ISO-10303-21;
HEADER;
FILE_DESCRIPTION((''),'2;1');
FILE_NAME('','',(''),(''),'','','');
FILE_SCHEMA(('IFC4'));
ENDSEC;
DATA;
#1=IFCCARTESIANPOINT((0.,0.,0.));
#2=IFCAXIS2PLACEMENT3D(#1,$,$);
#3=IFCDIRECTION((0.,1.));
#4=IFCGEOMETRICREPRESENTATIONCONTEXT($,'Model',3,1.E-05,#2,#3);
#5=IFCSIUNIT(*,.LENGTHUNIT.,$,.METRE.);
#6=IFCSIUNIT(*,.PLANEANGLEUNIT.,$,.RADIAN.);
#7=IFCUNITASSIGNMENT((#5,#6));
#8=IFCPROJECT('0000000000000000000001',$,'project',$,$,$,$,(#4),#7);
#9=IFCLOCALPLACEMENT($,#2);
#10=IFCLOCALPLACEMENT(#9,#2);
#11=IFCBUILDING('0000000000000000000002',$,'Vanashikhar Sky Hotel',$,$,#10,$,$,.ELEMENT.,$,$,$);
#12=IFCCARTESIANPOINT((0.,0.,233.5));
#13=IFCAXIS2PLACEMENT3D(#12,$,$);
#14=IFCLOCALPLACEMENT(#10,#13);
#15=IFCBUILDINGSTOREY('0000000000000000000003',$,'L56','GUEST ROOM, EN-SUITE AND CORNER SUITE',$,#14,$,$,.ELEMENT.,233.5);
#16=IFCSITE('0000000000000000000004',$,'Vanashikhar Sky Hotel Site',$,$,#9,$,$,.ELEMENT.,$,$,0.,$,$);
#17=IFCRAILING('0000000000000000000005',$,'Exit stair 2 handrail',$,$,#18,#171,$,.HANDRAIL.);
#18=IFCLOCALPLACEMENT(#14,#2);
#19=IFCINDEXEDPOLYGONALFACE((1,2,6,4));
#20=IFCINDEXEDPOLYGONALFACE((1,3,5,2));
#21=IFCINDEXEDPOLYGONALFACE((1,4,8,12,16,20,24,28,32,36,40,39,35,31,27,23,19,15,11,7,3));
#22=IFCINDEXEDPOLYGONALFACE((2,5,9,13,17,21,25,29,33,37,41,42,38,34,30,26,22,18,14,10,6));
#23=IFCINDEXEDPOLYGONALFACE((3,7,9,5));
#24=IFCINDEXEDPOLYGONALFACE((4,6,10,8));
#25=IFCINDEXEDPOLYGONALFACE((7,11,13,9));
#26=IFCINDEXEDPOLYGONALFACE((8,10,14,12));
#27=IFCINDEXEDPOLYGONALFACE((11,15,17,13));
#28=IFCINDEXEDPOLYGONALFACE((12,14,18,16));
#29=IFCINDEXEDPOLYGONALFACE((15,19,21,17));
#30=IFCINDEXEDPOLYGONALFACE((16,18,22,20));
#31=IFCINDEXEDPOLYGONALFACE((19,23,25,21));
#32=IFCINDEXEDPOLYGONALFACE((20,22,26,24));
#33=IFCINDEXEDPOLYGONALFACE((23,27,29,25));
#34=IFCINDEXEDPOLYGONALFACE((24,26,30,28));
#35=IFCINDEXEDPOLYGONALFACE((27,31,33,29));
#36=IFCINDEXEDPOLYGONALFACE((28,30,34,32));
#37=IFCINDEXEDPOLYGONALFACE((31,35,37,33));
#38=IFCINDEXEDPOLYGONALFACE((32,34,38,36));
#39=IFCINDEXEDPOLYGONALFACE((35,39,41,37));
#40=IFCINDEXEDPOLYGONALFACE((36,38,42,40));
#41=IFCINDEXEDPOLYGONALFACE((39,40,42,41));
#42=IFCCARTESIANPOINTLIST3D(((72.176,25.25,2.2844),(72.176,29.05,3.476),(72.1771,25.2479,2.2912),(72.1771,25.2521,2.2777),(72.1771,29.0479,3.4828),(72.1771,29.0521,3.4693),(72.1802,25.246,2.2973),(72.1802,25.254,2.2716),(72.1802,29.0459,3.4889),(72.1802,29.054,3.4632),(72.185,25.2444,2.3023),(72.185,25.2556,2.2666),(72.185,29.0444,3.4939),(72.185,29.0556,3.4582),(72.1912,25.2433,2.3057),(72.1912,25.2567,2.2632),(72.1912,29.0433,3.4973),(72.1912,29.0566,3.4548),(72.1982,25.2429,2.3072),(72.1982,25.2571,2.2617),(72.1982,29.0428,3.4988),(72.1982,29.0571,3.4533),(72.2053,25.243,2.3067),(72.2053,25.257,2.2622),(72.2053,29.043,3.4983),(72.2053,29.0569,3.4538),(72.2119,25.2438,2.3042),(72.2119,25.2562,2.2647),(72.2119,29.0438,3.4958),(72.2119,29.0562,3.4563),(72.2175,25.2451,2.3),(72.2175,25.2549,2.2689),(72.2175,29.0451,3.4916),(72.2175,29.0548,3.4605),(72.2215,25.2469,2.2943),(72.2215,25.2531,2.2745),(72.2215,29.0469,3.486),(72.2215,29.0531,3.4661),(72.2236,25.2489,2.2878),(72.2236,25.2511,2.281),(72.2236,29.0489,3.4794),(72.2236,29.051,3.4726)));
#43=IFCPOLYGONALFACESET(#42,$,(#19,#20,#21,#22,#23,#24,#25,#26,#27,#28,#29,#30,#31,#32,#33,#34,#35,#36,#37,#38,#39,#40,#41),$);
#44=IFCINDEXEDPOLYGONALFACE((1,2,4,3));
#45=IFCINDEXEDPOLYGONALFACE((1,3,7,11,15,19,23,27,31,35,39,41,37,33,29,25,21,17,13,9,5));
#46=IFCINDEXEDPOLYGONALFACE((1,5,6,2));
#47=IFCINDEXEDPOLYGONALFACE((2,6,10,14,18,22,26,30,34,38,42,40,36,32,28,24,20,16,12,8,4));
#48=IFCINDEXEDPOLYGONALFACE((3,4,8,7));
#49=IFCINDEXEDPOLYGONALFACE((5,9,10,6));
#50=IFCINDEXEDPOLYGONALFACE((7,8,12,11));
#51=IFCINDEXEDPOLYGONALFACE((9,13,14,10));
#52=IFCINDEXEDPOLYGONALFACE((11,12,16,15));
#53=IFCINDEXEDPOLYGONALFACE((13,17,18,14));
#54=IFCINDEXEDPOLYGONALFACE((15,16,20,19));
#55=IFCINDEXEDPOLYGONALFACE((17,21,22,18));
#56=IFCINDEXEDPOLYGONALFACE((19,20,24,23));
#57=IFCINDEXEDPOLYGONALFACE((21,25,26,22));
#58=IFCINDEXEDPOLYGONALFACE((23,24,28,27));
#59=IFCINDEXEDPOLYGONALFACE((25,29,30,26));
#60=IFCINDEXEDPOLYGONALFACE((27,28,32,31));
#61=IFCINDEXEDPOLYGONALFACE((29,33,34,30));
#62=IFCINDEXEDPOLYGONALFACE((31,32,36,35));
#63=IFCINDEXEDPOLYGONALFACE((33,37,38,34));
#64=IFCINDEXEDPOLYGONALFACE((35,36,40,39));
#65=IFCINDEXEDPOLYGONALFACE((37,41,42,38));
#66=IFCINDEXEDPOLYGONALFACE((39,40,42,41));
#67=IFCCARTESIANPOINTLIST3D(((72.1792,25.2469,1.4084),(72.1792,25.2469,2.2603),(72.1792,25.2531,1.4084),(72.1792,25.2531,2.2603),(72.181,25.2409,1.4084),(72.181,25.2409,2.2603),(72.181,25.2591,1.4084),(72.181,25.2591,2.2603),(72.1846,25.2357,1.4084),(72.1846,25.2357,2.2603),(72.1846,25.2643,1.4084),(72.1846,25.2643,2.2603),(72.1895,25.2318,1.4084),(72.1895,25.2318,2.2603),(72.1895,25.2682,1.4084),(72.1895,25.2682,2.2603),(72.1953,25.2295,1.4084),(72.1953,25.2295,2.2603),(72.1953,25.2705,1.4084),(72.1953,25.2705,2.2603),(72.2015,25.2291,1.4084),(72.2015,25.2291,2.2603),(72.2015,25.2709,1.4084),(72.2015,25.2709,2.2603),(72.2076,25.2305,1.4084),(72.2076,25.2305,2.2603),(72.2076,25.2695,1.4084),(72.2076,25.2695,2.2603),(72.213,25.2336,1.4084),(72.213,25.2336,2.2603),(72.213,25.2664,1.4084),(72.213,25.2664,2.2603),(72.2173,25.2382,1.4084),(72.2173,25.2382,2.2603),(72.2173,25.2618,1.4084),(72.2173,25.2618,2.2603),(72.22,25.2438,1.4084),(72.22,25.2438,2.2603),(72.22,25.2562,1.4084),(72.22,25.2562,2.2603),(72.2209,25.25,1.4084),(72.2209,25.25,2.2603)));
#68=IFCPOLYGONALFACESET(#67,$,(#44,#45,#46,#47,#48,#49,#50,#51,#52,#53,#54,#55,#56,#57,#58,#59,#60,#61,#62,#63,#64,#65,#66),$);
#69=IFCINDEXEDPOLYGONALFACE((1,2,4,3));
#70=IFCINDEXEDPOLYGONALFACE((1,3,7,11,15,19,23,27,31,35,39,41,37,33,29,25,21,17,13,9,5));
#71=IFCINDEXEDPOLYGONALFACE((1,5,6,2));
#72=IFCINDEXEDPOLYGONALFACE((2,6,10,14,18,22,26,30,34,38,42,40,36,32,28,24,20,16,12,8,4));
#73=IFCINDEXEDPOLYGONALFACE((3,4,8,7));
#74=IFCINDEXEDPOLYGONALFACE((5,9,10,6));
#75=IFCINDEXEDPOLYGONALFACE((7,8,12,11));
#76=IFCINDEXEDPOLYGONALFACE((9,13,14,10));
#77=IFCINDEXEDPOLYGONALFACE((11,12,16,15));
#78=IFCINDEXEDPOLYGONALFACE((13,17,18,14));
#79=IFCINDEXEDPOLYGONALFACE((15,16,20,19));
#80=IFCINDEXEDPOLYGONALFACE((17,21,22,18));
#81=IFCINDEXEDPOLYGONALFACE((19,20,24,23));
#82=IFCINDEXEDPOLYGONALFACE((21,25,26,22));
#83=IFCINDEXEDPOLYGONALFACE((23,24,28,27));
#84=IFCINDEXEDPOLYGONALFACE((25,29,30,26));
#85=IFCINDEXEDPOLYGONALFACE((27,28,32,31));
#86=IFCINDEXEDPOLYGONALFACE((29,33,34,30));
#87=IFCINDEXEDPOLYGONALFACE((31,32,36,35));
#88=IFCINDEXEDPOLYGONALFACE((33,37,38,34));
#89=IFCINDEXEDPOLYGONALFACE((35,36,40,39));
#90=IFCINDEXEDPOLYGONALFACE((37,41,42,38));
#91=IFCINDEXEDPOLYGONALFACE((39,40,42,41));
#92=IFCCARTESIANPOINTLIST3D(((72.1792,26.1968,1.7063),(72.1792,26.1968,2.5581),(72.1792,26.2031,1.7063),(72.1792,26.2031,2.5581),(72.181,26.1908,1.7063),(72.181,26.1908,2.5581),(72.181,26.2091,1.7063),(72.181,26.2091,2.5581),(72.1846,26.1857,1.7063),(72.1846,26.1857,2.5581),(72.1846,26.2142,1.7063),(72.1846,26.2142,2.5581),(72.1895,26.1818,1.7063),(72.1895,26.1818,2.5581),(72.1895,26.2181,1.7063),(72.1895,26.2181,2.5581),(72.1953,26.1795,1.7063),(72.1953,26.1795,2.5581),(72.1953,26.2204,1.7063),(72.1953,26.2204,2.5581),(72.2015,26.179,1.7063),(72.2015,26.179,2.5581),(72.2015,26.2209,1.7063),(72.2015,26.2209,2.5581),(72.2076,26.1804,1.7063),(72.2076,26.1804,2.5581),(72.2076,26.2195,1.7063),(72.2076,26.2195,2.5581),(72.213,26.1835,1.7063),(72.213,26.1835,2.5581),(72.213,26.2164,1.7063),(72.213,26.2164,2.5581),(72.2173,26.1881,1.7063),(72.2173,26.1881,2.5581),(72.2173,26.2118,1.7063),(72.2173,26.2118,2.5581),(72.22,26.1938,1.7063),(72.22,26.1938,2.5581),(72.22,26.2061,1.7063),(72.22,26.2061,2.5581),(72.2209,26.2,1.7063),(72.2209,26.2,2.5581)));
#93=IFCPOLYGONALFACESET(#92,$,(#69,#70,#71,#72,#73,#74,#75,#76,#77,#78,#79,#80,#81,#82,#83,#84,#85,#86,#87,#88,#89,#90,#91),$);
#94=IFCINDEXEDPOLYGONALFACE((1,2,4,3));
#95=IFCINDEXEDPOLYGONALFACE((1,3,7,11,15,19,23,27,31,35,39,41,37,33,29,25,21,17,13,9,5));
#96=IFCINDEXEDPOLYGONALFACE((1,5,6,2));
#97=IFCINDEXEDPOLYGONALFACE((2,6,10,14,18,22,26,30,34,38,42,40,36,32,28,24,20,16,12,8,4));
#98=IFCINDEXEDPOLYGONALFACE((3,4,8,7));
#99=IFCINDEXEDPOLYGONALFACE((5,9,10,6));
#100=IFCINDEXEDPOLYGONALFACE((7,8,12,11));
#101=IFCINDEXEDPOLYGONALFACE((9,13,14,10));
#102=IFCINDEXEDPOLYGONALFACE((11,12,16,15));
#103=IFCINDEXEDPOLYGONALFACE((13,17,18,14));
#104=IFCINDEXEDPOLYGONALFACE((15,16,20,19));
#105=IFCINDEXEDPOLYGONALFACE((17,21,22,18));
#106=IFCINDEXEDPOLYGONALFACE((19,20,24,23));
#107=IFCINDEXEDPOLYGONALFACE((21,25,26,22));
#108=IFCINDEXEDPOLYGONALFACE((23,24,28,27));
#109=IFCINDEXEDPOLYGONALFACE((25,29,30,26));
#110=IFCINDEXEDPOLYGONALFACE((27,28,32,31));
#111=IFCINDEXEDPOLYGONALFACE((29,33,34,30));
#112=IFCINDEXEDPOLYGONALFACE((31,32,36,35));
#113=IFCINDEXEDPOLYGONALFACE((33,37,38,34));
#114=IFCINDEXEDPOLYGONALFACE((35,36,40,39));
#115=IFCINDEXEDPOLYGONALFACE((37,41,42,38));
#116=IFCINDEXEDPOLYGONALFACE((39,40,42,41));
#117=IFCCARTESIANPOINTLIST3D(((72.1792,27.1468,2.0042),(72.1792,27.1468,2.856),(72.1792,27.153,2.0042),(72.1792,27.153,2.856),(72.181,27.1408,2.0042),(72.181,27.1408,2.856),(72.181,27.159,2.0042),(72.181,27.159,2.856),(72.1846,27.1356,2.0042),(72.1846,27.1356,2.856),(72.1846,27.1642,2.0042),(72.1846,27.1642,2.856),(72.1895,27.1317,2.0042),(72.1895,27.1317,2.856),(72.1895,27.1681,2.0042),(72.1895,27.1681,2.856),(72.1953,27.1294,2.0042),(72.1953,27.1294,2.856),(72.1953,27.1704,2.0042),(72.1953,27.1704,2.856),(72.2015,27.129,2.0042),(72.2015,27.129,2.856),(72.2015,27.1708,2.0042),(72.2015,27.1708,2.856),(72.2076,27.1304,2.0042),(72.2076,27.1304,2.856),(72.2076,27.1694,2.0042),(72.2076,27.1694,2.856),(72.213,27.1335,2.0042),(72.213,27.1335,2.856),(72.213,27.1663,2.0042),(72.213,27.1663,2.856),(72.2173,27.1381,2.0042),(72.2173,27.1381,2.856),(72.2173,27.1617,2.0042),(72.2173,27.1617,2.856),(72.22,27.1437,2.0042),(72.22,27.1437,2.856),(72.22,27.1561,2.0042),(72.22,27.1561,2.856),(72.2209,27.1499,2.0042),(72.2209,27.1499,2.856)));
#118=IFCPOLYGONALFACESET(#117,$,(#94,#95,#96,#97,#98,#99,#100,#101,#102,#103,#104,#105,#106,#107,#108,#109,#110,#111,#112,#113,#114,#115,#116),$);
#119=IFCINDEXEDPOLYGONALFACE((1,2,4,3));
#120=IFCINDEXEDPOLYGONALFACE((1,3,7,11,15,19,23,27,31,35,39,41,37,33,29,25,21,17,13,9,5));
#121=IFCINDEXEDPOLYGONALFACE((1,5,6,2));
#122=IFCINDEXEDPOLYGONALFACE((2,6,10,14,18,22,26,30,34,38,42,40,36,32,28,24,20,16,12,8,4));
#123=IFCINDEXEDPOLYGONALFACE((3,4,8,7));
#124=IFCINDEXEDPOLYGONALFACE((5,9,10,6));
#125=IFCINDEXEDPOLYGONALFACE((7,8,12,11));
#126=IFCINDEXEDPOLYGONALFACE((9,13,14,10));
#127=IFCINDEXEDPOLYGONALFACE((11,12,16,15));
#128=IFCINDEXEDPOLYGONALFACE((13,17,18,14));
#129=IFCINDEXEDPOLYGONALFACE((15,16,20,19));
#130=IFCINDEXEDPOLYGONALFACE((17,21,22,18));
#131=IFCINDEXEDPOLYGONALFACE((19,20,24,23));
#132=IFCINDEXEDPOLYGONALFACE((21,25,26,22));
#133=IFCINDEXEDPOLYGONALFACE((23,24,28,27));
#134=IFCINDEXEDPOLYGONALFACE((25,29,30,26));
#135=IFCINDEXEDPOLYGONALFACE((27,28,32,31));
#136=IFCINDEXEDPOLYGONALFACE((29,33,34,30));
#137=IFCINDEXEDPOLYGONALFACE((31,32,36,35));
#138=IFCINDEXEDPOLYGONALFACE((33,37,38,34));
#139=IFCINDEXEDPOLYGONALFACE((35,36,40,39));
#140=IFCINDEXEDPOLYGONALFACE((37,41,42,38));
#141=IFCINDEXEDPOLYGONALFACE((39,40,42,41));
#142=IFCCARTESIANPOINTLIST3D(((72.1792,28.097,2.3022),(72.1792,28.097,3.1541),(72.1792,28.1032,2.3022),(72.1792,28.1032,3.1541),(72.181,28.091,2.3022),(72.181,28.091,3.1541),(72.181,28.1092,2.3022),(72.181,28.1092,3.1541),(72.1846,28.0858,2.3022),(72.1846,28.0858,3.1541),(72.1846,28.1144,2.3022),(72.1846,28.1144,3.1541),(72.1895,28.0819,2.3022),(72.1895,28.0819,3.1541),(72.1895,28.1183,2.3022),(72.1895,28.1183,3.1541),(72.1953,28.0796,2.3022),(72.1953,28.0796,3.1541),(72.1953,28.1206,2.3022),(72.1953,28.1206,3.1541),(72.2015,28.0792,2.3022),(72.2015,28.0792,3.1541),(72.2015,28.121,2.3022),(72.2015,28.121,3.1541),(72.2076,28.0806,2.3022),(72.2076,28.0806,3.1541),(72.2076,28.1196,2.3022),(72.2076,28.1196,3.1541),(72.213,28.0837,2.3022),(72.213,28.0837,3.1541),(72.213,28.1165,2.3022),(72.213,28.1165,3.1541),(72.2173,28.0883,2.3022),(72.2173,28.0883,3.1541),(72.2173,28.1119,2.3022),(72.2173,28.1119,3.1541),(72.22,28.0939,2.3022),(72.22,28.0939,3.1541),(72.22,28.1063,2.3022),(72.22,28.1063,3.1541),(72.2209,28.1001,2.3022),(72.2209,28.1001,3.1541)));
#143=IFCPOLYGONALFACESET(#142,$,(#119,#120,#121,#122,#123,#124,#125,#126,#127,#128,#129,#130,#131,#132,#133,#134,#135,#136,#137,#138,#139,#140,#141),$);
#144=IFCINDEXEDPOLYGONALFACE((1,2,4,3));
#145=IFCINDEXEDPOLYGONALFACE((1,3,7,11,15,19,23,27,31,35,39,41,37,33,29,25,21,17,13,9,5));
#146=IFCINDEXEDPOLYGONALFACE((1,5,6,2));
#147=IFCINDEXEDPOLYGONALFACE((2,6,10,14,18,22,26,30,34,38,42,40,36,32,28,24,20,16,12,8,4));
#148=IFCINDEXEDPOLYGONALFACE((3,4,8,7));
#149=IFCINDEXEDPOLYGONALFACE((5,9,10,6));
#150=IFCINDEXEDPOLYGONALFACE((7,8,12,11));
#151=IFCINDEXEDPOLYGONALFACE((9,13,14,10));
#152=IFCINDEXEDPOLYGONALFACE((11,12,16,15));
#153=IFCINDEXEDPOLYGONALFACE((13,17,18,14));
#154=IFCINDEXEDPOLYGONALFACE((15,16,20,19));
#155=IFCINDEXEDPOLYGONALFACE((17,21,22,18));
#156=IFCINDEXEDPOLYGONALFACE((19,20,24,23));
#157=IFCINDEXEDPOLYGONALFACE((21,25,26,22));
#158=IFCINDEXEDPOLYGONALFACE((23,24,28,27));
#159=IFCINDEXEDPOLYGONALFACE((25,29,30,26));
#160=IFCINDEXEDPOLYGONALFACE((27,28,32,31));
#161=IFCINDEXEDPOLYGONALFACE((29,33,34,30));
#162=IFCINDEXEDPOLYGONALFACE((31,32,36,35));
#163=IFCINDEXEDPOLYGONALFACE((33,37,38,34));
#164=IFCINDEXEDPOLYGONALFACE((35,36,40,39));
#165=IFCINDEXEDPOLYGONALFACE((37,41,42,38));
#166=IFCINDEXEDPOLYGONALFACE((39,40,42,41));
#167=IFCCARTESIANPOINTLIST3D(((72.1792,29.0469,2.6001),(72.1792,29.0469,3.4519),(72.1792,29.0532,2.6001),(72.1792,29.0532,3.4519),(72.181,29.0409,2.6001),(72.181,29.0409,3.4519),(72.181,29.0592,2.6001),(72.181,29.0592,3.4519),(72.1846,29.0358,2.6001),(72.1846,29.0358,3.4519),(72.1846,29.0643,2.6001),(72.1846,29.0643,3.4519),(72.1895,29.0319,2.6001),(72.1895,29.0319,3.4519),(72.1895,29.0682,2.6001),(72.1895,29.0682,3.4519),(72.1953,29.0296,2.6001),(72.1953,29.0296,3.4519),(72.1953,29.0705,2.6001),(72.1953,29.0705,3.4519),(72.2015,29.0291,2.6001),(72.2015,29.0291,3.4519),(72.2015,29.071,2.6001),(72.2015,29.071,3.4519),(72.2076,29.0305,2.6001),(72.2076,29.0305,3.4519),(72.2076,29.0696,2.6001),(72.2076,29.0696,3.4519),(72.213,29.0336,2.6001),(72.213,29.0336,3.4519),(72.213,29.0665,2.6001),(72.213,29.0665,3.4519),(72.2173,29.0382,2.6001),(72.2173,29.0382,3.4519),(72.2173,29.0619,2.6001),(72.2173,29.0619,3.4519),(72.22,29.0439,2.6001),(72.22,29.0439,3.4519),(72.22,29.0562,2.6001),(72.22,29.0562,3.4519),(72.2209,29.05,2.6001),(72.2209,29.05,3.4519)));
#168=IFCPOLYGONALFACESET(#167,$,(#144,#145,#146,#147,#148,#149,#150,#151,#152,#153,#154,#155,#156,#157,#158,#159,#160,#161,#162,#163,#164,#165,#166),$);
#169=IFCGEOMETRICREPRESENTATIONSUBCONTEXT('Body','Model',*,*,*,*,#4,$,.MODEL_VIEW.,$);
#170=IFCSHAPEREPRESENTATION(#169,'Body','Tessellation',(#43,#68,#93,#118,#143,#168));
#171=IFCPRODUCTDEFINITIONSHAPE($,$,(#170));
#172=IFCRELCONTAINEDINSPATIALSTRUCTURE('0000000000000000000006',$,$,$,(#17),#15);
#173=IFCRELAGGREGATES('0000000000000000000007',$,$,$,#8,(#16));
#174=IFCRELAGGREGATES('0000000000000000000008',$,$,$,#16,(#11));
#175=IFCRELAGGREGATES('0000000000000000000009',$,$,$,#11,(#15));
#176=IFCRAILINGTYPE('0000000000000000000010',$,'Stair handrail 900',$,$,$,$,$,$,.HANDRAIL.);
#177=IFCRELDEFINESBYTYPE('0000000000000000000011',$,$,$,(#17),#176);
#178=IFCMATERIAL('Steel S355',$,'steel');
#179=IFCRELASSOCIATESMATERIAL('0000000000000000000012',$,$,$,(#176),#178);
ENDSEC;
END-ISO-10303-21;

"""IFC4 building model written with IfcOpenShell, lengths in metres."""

from ifc_helpers import new_model, si_unit, direction, frame, origin, origin_2d, place, context, subcontext, project, spatial, circle, extrude, source, transform, mapped, material, type_object, element, save


model = new_model("IFC4")

# Units and contexts
model_context = context("Model", 3, precision=1e-05, world=origin(), true_north=direction((0.0, 1.0)))
body_context = subcontext(model_context, "Body", "Model", "MODEL_VIEW")
ifc_project = project(units=[si_unit("LENGTHUNIT", "METRE"), si_unit("PLANEANGLEUNIT", "RADIAN")], contexts=[model_context])

# Site, building, storey
site_placement = place(None, origin())
site = spatial("IfcSite", under=ifc_project, at=site_placement, Name="Vanashikhar Sky Hotel Site", CompositionType="ELEMENT", RefElevation=0.0)
building_placement = place(site_placement, origin())
building = spatial("IfcBuilding", under=site, at=building_placement, Name="Vanashikhar Sky Hotel", CompositionType="ELEMENT")
storey_placement = place(building_placement, frame((0.0, 0.0, 233.5)))
storey = spatial("IfcBuildingStorey", under=building, at=storey_placement, Name="L56", Description="GUEST ROOM, EN-SUITE AND CORNER SUITE", CompositionType="ELEMENT", Elevation=233.5)

# Railing
ifc_material_1 = material(Name="Steel S355", Category="steel")
railing_type = type_object("IfcRailingType", Name="Stair handrail 900", PredefinedType="HANDRAIL", material=ifc_material_1)
shared_shape_1 = source(origin(), body_context, "Body", "SweptSolid", [
    extrude(circle(Radius=0.0239, at=origin_2d()), frame((0.0, 0.0, 0.876), z_axis=(0.0, 0.954184, 0.299221), x_axis=(-1.0, 0.0, 0.0)), (0.0, 0.0, 1.0), 3.9824),
    extrude(circle(Radius=0.021, at=origin_2d()), origin(), (0.0, 0.0, 1.0), 0.8518),
    extrude(circle(Radius=0.021, at=origin_2d()), frame((0.0, 0.95, 0.2979)), (0.0, 0.0, 1.0), 0.8518),
    extrude(circle(Radius=0.021, at=origin_2d()), frame((0.0, 1.8999, 0.5957)), (0.0, 0.0, 1.0), 0.8518),
    extrude(circle(Radius=0.021, at=origin_2d()), frame((0.0, 2.8501, 0.8938)), (0.0, 0.0, 1.0), 0.8518),
    extrude(circle(Radius=0.021, at=origin_2d()), frame((0.0, 3.8, 1.1917)), (0.0, 0.0, 1.0), 0.8518),
])
railing_1_placement = place(storey_placement, frame((72.2, 25.25, 1.4084)))
element("IfcRailing", 1, at=railing_1_placement, inside=storey, type_object=railing_type, Name="Exit stair 2 handrail", PredefinedType="HANDRAIL", context=body_context, shape_type="MappedRepresentation", body=[
    mapped(shared_shape_1, transform((0.0, 0.0, 0.0), scale=1.0)),
])

save(model, "model.ifc")
